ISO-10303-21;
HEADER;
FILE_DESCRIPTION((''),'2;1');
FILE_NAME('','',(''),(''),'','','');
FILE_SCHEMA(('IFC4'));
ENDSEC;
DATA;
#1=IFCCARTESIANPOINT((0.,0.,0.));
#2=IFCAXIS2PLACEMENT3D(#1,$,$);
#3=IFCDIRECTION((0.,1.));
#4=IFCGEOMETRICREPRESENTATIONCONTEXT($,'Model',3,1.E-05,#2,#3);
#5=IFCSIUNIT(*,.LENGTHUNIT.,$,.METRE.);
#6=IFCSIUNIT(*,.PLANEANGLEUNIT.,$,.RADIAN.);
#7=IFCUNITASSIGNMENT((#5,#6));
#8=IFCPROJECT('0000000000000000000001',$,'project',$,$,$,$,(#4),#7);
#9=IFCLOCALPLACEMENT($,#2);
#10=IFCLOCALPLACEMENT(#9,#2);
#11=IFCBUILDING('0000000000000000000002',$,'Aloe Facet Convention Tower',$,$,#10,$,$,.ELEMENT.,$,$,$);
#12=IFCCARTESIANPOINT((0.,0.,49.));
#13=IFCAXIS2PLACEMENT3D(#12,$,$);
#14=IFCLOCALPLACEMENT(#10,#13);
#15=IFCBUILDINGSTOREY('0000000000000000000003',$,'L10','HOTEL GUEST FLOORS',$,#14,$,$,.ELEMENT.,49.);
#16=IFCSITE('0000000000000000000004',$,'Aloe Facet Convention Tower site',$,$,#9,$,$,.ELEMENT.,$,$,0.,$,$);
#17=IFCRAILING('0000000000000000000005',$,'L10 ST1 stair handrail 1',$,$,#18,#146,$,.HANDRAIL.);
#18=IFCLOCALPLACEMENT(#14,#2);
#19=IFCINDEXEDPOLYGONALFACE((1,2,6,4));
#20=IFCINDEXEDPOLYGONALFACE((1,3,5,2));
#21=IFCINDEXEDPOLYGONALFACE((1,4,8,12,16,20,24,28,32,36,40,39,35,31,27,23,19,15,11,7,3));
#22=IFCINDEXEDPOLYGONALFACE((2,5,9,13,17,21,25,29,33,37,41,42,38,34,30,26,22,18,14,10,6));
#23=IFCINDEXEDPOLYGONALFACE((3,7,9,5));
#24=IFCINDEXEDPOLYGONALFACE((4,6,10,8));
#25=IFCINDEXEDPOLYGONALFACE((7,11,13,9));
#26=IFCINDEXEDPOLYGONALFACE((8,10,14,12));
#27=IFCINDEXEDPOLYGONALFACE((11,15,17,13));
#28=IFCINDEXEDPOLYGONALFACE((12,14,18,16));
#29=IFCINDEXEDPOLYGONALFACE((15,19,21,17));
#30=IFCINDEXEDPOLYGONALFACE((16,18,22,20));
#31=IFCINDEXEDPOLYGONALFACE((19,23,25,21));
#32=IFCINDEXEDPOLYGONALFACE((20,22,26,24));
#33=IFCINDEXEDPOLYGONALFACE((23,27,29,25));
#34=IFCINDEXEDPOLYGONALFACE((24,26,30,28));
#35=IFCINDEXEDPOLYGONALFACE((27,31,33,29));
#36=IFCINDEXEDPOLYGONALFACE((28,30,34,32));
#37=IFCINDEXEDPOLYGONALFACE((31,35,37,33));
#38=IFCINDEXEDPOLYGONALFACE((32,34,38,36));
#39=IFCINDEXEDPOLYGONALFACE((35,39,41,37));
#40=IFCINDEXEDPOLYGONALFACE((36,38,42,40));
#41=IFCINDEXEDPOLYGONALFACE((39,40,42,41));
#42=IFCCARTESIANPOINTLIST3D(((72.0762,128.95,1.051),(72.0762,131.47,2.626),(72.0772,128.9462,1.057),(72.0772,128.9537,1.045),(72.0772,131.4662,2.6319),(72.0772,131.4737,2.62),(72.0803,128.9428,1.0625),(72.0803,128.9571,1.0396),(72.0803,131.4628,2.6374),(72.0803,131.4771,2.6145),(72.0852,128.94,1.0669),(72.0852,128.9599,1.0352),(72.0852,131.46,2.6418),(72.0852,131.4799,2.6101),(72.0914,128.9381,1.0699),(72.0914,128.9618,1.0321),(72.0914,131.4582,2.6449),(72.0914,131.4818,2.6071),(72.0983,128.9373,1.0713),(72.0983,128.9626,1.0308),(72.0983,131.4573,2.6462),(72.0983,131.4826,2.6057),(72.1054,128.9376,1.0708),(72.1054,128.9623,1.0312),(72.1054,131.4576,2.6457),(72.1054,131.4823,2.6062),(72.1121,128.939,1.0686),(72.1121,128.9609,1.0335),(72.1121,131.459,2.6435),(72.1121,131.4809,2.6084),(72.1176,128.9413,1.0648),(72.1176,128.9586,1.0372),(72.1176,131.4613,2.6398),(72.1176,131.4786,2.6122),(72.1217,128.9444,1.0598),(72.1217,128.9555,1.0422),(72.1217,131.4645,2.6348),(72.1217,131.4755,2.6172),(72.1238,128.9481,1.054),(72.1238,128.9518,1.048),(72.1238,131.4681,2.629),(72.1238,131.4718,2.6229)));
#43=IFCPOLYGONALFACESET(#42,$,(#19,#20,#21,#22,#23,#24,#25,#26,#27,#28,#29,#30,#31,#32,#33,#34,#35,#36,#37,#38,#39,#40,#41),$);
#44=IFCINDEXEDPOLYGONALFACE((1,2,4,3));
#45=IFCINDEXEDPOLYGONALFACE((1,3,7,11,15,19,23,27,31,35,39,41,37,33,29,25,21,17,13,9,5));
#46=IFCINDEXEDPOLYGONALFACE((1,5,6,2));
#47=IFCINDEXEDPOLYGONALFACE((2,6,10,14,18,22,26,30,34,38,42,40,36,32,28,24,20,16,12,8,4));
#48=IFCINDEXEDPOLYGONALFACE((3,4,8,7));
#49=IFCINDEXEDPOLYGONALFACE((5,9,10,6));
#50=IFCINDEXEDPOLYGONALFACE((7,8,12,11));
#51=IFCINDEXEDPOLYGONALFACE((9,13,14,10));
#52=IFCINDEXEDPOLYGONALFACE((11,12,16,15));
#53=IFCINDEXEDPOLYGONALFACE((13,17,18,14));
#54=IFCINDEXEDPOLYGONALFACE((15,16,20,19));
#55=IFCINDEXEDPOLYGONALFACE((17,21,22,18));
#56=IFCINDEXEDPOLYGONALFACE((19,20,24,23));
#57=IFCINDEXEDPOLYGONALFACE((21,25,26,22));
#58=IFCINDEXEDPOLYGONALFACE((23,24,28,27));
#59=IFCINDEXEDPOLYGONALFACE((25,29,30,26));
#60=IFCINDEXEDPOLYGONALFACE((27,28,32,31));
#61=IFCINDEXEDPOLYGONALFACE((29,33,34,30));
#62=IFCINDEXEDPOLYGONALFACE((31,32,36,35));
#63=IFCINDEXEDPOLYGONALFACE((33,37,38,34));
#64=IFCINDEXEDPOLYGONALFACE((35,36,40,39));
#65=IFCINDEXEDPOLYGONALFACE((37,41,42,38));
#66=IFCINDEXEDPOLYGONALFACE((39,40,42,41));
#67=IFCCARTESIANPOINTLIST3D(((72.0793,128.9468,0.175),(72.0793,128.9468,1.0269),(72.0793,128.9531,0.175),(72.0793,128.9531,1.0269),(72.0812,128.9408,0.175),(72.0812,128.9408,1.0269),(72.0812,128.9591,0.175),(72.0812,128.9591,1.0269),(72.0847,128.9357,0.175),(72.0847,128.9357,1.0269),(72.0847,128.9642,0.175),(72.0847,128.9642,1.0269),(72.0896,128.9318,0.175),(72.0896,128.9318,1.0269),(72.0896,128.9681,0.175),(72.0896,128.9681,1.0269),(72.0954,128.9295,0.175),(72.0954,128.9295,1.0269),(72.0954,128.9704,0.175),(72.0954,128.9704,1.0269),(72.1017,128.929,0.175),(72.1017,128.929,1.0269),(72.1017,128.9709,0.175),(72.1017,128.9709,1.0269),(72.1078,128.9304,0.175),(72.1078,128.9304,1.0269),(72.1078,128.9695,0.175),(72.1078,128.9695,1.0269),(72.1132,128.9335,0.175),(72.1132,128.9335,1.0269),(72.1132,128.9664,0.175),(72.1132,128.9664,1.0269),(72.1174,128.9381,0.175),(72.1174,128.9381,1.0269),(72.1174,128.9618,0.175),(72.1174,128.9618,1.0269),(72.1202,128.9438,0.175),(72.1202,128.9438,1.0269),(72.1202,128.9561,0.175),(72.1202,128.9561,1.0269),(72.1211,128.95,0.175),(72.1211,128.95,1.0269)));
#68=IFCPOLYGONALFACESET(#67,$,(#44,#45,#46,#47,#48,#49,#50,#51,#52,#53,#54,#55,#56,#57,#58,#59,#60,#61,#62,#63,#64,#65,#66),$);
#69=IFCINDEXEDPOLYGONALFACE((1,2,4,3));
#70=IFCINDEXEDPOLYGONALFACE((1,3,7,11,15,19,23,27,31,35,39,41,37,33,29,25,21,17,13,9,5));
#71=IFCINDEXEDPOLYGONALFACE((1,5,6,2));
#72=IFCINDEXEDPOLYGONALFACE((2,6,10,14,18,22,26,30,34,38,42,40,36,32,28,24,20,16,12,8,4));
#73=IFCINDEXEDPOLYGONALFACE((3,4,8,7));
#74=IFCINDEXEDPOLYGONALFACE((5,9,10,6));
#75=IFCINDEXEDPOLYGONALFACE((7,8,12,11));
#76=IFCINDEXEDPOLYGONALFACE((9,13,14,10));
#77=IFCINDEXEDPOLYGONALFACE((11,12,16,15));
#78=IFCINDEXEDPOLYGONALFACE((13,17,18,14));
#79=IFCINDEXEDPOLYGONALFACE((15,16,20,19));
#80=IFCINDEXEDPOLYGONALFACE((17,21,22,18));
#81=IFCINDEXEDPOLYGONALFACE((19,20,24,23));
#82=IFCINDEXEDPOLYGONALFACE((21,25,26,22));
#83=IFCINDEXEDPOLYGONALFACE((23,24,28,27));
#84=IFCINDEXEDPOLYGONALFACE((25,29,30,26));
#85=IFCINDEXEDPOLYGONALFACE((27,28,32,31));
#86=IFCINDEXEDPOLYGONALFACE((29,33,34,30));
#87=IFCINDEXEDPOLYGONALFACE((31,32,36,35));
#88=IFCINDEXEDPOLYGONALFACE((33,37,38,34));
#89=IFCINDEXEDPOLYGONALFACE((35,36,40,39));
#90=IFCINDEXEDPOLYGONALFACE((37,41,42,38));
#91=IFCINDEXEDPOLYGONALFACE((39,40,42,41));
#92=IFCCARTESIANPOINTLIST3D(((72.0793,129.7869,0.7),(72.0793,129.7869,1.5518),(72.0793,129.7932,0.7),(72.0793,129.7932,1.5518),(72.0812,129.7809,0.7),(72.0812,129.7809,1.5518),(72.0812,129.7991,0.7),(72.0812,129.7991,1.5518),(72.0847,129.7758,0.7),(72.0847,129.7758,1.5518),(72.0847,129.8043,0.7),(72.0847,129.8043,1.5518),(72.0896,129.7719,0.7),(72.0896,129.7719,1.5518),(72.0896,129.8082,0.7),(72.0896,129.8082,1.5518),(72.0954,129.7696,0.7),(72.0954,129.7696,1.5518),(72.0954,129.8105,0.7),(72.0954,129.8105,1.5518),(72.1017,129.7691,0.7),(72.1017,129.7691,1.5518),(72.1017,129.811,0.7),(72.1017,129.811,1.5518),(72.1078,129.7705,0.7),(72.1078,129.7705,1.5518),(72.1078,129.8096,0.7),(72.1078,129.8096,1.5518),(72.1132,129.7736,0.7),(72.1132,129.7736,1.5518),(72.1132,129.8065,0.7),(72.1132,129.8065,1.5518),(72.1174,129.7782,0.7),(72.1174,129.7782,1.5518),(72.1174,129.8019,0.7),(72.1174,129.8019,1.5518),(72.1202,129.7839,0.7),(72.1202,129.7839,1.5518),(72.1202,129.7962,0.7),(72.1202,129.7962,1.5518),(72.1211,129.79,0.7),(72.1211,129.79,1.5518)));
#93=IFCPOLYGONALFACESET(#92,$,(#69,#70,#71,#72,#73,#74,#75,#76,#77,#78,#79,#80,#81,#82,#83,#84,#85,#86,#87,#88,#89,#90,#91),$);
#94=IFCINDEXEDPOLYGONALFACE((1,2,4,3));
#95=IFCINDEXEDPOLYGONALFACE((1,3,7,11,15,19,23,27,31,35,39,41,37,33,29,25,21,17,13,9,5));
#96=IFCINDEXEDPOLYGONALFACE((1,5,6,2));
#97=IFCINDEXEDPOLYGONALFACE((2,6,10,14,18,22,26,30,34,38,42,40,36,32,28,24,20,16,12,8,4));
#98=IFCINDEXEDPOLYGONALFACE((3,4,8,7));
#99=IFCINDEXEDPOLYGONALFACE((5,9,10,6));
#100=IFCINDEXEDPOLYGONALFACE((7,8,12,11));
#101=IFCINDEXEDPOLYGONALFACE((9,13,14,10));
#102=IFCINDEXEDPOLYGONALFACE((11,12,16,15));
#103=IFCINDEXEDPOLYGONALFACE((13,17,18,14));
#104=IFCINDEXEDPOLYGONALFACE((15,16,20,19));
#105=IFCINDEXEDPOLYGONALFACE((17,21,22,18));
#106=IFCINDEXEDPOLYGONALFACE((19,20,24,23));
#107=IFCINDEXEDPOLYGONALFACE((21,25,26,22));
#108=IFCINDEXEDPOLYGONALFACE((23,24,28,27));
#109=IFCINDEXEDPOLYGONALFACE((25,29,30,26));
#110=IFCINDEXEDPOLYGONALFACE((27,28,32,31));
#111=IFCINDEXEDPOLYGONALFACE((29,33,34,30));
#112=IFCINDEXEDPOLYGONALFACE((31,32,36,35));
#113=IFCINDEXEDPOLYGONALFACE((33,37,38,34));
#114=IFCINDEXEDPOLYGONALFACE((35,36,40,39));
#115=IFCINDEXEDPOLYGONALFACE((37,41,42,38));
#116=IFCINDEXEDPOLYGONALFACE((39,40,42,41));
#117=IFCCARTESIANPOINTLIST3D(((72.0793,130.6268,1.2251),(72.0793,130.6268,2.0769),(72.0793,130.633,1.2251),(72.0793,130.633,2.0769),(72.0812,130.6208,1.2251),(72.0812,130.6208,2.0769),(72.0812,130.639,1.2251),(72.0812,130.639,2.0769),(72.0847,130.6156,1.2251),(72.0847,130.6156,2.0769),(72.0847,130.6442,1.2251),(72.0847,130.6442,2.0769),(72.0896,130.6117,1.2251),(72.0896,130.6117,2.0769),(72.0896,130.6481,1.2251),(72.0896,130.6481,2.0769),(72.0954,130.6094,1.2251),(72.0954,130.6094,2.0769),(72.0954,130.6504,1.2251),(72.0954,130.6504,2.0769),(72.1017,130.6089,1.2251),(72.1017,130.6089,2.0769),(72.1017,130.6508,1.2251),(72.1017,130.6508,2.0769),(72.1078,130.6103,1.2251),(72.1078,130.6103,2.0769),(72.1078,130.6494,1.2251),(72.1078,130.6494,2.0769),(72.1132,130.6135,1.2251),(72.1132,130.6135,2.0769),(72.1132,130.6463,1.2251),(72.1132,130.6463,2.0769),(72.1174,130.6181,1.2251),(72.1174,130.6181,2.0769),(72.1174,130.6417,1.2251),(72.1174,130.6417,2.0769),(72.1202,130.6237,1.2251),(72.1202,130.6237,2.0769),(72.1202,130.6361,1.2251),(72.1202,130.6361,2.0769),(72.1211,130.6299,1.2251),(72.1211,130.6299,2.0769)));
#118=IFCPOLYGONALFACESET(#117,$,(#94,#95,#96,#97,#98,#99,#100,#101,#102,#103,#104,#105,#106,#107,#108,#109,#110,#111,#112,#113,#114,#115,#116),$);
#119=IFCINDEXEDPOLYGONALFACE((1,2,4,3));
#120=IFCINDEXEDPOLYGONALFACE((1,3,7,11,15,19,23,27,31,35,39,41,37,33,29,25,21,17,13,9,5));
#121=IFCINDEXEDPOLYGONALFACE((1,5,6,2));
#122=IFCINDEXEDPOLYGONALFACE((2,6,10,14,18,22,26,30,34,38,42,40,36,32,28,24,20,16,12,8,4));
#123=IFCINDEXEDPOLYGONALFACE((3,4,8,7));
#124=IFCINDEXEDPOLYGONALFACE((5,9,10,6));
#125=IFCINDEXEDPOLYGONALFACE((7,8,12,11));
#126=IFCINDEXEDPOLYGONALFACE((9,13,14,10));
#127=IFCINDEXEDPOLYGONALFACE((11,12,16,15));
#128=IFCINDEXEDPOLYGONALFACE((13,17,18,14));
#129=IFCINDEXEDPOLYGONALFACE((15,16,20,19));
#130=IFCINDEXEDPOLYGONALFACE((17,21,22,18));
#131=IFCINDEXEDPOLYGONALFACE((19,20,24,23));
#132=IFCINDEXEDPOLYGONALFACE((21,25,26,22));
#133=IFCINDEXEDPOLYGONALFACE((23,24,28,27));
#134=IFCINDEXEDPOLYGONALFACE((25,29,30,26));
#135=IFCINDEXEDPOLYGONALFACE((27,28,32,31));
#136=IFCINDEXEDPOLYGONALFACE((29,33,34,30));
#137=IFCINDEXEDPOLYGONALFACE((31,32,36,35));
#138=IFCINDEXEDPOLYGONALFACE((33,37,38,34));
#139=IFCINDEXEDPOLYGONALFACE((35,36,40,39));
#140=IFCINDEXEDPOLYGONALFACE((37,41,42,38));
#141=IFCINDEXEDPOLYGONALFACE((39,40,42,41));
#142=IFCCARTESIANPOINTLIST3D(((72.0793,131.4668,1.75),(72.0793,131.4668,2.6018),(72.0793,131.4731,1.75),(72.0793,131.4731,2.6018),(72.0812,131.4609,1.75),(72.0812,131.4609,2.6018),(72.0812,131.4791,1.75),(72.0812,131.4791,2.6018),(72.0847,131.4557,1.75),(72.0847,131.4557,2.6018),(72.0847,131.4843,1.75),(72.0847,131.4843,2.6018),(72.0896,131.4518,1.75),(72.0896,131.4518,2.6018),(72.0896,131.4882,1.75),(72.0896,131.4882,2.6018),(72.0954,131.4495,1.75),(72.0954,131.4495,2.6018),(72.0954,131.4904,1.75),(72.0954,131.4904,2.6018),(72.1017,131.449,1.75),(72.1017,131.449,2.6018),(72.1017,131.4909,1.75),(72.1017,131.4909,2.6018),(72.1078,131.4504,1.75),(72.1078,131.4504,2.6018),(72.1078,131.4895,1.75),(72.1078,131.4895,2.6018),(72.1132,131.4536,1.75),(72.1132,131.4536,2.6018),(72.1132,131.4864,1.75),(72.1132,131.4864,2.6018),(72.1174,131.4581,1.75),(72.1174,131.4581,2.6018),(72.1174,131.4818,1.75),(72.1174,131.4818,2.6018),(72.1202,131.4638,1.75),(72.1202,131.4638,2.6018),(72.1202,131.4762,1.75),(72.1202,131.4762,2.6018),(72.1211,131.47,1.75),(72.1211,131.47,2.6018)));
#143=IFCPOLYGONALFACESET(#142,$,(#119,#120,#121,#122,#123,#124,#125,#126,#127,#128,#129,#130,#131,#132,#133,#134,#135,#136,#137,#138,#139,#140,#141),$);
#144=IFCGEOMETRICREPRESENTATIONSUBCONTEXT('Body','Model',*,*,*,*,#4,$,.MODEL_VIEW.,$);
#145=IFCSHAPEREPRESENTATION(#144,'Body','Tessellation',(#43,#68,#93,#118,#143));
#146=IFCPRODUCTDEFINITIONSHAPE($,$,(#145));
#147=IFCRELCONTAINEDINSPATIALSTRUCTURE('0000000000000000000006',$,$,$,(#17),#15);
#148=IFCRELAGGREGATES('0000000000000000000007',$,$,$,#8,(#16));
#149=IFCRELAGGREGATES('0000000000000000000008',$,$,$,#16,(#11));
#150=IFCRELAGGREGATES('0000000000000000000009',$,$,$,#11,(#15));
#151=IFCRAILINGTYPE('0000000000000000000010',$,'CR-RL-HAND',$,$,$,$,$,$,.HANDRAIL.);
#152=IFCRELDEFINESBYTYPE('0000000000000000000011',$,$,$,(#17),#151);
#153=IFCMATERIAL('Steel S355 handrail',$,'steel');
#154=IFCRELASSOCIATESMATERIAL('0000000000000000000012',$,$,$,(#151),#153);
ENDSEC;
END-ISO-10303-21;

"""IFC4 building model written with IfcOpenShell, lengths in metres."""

from ifc_helpers import new_model, si_unit, direction, frame, origin, origin_2d, place, context, subcontext, project, spatial, circle, extrude, material, type_object, element, save


model = new_model("IFC4")

# Units and contexts
model_context = context("Model", 3, precision=1e-05, world=origin(), true_north=direction((0.0, 1.0)))
body_context = subcontext(model_context, "Body", "Model", "MODEL_VIEW")
ifc_project = project(units=[si_unit("LENGTHUNIT", "METRE"), si_unit("PLANEANGLEUNIT", "RADIAN")], contexts=[model_context])

# Site, building, storey
site_placement = place(None, origin())
site = spatial("IfcSite", under=ifc_project, at=site_placement, Name="Aloe Facet Convention Tower site", CompositionType="ELEMENT", RefElevation=0.0)
building_placement = place(site_placement, origin())
building = spatial("IfcBuilding", under=site, at=building_placement, Name="Aloe Facet Convention Tower", CompositionType="ELEMENT")
storey_placement = place(building_placement, frame((0.0, 0.0, 49.0)))
storey = spatial("IfcBuildingStorey", under=building, at=storey_placement, Name="L10", Description="HOTEL GUEST FLOORS", CompositionType="ELEMENT", Elevation=49.0)

# Railing
ifc_material_1 = material(Name="Steel S355 handrail", Category="steel")
railing_type_1 = type_object("IfcRailingType", Name="CR-RL-HAND", PredefinedType="HANDRAIL", material=ifc_material_1)
railing_1_placement = place(storey_placement, frame((72.1001, 128.95, 0.175)))
element("IfcRailing", 1, at=railing_1_placement, inside=storey, type_object=railing_type_1, Name="L10 ST1 stair handrail 1", PredefinedType="HANDRAIL", context=body_context, shape_type="SweptSolid", body=[
    extrude(circle(Radius=0.0239, at=origin_2d()), frame((0.0, 0.0, 0.876), z_axis=(0.0, 0.848008, 0.529984), x_axis=(-1.0, 0.0, 0.0)), (0.0, 0.0, 1.0), 2.9717),
    extrude(circle(Radius=0.021, at=origin_2d()), origin(), (0.0, 0.0, 1.0), 0.8518),
    extrude(circle(Radius=0.021, at=origin_2d()), frame((0.0, 0.8401, 0.5249)), (0.0, 0.0, 1.0), 0.8518),
    extrude(circle(Radius=0.021, at=origin_2d()), frame((0.0, 1.6799, 1.05)), (0.0, 0.0, 1.0), 0.8518),
    extrude(circle(Radius=0.021, at=origin_2d()), frame((0.0, 2.52, 1.575)), (0.0, 0.0, 1.0), 0.8518),
])

save(model, "model.ifc")
